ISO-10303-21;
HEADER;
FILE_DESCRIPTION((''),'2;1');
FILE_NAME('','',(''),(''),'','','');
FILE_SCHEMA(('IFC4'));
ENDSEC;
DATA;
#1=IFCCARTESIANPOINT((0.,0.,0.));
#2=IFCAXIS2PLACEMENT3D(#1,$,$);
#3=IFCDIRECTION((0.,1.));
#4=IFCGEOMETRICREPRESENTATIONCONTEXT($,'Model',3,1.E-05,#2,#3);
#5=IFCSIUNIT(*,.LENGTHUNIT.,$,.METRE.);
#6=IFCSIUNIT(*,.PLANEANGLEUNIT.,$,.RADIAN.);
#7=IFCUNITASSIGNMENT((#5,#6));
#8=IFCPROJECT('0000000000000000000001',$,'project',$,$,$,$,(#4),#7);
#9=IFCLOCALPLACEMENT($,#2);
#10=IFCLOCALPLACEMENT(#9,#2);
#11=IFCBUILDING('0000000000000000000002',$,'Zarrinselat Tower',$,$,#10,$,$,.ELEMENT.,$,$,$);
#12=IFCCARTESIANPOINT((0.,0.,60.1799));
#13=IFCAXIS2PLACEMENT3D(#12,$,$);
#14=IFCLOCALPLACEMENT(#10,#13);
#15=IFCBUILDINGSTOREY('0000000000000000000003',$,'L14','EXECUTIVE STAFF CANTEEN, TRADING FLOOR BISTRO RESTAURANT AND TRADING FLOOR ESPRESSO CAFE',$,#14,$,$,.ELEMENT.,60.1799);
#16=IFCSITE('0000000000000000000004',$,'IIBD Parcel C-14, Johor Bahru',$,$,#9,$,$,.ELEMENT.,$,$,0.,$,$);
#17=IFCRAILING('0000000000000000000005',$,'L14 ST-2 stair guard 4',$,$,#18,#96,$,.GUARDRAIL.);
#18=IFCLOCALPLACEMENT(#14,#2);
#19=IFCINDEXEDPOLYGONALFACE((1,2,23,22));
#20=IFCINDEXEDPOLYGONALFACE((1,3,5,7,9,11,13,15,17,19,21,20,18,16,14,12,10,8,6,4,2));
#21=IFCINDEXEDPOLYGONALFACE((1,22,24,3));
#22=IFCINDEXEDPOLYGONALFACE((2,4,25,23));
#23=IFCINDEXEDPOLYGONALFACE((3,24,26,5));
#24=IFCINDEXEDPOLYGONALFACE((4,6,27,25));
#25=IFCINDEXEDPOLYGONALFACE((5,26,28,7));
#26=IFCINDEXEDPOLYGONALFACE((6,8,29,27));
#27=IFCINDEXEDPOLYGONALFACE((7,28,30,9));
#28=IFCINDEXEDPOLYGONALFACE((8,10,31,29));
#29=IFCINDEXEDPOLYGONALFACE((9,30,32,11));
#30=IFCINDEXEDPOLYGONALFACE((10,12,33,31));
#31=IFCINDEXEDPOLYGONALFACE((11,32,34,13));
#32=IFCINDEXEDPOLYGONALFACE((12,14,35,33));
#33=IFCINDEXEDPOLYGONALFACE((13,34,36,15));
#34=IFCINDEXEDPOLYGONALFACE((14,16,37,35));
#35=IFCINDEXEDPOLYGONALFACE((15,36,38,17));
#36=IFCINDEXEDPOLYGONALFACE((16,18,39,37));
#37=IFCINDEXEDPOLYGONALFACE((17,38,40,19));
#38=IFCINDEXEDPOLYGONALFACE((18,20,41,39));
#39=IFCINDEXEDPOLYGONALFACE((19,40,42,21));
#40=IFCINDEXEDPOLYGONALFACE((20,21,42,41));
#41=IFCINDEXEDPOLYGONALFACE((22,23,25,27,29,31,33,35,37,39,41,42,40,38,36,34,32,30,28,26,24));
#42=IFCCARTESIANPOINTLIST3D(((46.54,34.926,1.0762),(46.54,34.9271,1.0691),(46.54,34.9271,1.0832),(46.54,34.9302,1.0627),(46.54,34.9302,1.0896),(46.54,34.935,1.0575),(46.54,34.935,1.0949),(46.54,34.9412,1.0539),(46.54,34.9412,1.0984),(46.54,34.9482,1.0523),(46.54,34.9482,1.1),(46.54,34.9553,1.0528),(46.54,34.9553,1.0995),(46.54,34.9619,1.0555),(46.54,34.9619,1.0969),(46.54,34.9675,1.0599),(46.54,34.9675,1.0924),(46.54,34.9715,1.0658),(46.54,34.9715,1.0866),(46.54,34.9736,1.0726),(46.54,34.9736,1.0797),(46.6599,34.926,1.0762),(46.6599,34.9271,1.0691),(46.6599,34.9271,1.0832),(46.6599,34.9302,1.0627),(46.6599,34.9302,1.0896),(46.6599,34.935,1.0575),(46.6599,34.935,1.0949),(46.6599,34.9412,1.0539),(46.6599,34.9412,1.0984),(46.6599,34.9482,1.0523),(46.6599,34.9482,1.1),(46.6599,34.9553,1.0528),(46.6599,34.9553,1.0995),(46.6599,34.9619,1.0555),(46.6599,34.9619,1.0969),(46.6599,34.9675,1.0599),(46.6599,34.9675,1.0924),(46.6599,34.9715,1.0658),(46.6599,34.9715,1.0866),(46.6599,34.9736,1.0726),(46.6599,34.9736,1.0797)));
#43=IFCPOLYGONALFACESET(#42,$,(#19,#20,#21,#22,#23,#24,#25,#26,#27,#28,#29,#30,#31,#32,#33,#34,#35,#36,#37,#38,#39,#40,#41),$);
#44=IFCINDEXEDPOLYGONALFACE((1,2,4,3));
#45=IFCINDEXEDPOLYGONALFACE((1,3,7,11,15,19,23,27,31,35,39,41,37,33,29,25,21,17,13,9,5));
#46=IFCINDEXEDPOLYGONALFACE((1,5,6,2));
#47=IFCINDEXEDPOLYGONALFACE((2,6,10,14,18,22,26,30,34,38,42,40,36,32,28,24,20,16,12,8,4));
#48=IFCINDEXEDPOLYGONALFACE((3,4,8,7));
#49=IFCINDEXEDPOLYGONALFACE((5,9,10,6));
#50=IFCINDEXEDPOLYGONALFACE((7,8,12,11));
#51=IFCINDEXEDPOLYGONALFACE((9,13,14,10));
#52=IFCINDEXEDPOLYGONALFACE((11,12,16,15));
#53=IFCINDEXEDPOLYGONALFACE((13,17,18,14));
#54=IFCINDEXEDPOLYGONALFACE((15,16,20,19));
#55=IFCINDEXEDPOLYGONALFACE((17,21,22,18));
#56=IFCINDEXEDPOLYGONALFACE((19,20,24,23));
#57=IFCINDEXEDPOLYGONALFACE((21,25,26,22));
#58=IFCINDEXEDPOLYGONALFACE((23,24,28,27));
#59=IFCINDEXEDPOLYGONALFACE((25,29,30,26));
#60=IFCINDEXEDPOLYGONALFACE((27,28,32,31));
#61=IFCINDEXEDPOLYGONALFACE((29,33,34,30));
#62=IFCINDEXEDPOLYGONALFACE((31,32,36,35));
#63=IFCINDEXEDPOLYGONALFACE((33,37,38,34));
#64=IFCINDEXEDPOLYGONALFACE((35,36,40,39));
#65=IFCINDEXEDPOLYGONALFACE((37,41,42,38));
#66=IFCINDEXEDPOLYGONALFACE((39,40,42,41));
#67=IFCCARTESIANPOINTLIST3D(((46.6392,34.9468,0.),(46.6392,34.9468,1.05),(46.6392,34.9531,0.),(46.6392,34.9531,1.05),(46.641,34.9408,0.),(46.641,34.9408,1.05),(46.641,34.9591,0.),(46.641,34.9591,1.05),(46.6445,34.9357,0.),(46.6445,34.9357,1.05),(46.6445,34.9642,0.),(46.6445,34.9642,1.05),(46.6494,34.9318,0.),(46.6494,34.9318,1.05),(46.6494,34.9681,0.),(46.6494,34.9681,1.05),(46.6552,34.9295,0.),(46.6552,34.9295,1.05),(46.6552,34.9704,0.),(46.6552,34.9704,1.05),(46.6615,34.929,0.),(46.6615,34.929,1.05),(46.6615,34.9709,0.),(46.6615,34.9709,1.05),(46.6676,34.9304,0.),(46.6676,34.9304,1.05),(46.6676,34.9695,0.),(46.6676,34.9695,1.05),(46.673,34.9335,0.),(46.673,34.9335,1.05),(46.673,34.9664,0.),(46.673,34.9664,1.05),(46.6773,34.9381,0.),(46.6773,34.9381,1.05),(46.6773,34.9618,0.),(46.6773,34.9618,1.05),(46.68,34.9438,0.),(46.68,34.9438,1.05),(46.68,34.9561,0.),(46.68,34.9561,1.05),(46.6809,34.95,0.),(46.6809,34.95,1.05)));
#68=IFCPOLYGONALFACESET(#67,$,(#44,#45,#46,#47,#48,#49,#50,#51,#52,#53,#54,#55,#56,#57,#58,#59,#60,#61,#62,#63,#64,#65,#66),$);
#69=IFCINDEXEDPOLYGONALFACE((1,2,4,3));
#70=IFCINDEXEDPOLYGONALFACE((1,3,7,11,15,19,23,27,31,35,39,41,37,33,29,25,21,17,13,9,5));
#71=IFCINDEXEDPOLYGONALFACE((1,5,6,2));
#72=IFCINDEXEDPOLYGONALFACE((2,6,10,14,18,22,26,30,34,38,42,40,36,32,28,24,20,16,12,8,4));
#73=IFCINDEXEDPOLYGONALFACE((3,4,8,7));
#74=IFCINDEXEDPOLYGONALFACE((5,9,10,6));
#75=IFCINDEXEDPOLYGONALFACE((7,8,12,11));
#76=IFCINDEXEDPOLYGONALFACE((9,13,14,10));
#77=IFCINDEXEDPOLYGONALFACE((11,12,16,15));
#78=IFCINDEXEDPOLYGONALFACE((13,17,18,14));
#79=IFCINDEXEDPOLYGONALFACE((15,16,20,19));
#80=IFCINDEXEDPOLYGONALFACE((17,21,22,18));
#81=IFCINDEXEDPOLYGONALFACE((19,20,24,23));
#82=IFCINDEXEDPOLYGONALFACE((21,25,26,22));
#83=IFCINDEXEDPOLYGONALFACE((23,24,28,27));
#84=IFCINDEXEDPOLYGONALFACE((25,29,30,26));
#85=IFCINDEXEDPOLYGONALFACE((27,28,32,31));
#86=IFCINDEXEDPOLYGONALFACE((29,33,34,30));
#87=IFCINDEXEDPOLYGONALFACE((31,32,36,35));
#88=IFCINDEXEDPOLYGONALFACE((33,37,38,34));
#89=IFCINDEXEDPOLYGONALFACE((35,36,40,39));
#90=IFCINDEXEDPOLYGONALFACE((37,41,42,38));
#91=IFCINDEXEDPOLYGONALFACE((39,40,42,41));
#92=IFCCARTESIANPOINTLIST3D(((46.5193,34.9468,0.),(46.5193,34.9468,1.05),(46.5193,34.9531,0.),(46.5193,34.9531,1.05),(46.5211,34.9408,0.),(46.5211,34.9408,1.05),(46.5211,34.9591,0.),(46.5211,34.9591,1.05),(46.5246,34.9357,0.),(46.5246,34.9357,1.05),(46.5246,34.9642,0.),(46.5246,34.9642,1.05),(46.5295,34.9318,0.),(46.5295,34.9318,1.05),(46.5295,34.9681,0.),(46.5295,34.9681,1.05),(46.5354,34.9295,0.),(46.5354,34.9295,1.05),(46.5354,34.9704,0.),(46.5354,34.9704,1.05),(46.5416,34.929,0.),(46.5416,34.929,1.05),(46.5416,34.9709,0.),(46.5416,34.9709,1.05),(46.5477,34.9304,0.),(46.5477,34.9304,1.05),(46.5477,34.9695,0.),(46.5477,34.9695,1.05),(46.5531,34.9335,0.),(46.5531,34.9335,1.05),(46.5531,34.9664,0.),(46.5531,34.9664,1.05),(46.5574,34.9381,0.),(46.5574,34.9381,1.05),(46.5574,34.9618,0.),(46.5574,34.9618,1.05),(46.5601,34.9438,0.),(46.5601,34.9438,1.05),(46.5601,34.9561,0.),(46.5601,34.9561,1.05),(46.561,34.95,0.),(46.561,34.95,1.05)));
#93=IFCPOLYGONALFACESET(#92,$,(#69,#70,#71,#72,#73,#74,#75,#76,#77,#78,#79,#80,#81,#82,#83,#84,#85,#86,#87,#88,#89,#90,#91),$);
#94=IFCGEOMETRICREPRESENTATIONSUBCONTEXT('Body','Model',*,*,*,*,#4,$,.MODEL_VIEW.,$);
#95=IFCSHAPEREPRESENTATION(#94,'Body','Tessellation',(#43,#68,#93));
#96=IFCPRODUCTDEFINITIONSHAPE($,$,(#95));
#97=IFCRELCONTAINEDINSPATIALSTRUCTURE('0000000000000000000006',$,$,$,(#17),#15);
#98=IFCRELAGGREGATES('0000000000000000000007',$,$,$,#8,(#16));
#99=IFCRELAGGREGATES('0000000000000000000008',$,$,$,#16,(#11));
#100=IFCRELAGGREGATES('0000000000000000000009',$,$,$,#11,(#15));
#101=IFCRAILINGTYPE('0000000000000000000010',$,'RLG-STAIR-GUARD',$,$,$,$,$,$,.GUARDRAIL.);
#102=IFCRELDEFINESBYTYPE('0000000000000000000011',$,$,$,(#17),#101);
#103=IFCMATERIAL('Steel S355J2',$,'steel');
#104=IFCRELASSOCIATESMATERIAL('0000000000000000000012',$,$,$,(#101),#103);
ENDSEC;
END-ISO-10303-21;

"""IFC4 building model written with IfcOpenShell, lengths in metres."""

from ifc_helpers import new_model, si_unit, direction, frame, origin, origin_2d, place, context, subcontext, project, spatial, circle, extrude, material, type_object, element, save


model = new_model("IFC4")

# Units and contexts
model_context = context("Model", 3, precision=1e-05, world=origin(), true_north=direction((0.0, 1.0)))
body_context = subcontext(model_context, "Body", "Model", "MODEL_VIEW")
ifc_project = project(units=[si_unit("LENGTHUNIT", "METRE"), si_unit("PLANEANGLEUNIT", "RADIAN")], contexts=[model_context])

# Site, building, storey
site_placement = place(None, origin())
site = spatial("IfcSite", under=ifc_project, at=site_placement, Name="IIBD Parcel C-14, Johor Bahru", CompositionType="ELEMENT", RefElevation=0.0)
building_placement = place(site_placement, origin())
building = spatial("IfcBuilding", under=site, at=building_placement, Name="Zarrinselat Tower", CompositionType="ELEMENT")
storey_placement = place(building_placement, frame((0.0, 0.0, 60.1799)))
storey = spatial("IfcBuildingStorey", under=building, at=storey_placement, Name="L14", Description="EXECUTIVE STAFF CANTEEN, TRADING FLOOR BISTRO RESTAURANT AND TRADING FLOOR ESPRESSO CAFE", CompositionType="ELEMENT", Elevation=60.1799)

# Railing
ifc_material_1 = material(Name="Steel S355J2", Category="steel")
railing_type_1 = type_object("IfcRailingType", Name="RLG-STAIR-GUARD", PredefinedType="GUARDRAIL", material=ifc_material_1)
railing_1_placement = place(storey_placement, frame((46.6599, 34.95, 0.0)))
element("IfcRailing", 1, at=railing_1_placement, inside=storey, type_object=railing_type_1, Name="L14 ST-2 stair guard 4", PredefinedType="GUARDRAIL", context=body_context, shape_type="SweptSolid", body=[
    extrude(circle(Radius=0.0239, at=origin_2d()), frame((0.0, 0.0, 1.0762), z_axis=(-1.0, 0.0, 0.0), x_axis=(0.0, -1.0, 0.0)), (0.0, 0.0, 1.0), 0.1199),
    extrude(circle(Radius=0.021, at=origin_2d()), origin(), (0.0, 0.0, 1.0), 1.05),
    extrude(circle(Radius=0.021, at=origin_2d()), frame((-0.1199, 0.0, 0.0)), (0.0, 0.0, 1.0), 1.05),
])

save(model, "model.ifc")
